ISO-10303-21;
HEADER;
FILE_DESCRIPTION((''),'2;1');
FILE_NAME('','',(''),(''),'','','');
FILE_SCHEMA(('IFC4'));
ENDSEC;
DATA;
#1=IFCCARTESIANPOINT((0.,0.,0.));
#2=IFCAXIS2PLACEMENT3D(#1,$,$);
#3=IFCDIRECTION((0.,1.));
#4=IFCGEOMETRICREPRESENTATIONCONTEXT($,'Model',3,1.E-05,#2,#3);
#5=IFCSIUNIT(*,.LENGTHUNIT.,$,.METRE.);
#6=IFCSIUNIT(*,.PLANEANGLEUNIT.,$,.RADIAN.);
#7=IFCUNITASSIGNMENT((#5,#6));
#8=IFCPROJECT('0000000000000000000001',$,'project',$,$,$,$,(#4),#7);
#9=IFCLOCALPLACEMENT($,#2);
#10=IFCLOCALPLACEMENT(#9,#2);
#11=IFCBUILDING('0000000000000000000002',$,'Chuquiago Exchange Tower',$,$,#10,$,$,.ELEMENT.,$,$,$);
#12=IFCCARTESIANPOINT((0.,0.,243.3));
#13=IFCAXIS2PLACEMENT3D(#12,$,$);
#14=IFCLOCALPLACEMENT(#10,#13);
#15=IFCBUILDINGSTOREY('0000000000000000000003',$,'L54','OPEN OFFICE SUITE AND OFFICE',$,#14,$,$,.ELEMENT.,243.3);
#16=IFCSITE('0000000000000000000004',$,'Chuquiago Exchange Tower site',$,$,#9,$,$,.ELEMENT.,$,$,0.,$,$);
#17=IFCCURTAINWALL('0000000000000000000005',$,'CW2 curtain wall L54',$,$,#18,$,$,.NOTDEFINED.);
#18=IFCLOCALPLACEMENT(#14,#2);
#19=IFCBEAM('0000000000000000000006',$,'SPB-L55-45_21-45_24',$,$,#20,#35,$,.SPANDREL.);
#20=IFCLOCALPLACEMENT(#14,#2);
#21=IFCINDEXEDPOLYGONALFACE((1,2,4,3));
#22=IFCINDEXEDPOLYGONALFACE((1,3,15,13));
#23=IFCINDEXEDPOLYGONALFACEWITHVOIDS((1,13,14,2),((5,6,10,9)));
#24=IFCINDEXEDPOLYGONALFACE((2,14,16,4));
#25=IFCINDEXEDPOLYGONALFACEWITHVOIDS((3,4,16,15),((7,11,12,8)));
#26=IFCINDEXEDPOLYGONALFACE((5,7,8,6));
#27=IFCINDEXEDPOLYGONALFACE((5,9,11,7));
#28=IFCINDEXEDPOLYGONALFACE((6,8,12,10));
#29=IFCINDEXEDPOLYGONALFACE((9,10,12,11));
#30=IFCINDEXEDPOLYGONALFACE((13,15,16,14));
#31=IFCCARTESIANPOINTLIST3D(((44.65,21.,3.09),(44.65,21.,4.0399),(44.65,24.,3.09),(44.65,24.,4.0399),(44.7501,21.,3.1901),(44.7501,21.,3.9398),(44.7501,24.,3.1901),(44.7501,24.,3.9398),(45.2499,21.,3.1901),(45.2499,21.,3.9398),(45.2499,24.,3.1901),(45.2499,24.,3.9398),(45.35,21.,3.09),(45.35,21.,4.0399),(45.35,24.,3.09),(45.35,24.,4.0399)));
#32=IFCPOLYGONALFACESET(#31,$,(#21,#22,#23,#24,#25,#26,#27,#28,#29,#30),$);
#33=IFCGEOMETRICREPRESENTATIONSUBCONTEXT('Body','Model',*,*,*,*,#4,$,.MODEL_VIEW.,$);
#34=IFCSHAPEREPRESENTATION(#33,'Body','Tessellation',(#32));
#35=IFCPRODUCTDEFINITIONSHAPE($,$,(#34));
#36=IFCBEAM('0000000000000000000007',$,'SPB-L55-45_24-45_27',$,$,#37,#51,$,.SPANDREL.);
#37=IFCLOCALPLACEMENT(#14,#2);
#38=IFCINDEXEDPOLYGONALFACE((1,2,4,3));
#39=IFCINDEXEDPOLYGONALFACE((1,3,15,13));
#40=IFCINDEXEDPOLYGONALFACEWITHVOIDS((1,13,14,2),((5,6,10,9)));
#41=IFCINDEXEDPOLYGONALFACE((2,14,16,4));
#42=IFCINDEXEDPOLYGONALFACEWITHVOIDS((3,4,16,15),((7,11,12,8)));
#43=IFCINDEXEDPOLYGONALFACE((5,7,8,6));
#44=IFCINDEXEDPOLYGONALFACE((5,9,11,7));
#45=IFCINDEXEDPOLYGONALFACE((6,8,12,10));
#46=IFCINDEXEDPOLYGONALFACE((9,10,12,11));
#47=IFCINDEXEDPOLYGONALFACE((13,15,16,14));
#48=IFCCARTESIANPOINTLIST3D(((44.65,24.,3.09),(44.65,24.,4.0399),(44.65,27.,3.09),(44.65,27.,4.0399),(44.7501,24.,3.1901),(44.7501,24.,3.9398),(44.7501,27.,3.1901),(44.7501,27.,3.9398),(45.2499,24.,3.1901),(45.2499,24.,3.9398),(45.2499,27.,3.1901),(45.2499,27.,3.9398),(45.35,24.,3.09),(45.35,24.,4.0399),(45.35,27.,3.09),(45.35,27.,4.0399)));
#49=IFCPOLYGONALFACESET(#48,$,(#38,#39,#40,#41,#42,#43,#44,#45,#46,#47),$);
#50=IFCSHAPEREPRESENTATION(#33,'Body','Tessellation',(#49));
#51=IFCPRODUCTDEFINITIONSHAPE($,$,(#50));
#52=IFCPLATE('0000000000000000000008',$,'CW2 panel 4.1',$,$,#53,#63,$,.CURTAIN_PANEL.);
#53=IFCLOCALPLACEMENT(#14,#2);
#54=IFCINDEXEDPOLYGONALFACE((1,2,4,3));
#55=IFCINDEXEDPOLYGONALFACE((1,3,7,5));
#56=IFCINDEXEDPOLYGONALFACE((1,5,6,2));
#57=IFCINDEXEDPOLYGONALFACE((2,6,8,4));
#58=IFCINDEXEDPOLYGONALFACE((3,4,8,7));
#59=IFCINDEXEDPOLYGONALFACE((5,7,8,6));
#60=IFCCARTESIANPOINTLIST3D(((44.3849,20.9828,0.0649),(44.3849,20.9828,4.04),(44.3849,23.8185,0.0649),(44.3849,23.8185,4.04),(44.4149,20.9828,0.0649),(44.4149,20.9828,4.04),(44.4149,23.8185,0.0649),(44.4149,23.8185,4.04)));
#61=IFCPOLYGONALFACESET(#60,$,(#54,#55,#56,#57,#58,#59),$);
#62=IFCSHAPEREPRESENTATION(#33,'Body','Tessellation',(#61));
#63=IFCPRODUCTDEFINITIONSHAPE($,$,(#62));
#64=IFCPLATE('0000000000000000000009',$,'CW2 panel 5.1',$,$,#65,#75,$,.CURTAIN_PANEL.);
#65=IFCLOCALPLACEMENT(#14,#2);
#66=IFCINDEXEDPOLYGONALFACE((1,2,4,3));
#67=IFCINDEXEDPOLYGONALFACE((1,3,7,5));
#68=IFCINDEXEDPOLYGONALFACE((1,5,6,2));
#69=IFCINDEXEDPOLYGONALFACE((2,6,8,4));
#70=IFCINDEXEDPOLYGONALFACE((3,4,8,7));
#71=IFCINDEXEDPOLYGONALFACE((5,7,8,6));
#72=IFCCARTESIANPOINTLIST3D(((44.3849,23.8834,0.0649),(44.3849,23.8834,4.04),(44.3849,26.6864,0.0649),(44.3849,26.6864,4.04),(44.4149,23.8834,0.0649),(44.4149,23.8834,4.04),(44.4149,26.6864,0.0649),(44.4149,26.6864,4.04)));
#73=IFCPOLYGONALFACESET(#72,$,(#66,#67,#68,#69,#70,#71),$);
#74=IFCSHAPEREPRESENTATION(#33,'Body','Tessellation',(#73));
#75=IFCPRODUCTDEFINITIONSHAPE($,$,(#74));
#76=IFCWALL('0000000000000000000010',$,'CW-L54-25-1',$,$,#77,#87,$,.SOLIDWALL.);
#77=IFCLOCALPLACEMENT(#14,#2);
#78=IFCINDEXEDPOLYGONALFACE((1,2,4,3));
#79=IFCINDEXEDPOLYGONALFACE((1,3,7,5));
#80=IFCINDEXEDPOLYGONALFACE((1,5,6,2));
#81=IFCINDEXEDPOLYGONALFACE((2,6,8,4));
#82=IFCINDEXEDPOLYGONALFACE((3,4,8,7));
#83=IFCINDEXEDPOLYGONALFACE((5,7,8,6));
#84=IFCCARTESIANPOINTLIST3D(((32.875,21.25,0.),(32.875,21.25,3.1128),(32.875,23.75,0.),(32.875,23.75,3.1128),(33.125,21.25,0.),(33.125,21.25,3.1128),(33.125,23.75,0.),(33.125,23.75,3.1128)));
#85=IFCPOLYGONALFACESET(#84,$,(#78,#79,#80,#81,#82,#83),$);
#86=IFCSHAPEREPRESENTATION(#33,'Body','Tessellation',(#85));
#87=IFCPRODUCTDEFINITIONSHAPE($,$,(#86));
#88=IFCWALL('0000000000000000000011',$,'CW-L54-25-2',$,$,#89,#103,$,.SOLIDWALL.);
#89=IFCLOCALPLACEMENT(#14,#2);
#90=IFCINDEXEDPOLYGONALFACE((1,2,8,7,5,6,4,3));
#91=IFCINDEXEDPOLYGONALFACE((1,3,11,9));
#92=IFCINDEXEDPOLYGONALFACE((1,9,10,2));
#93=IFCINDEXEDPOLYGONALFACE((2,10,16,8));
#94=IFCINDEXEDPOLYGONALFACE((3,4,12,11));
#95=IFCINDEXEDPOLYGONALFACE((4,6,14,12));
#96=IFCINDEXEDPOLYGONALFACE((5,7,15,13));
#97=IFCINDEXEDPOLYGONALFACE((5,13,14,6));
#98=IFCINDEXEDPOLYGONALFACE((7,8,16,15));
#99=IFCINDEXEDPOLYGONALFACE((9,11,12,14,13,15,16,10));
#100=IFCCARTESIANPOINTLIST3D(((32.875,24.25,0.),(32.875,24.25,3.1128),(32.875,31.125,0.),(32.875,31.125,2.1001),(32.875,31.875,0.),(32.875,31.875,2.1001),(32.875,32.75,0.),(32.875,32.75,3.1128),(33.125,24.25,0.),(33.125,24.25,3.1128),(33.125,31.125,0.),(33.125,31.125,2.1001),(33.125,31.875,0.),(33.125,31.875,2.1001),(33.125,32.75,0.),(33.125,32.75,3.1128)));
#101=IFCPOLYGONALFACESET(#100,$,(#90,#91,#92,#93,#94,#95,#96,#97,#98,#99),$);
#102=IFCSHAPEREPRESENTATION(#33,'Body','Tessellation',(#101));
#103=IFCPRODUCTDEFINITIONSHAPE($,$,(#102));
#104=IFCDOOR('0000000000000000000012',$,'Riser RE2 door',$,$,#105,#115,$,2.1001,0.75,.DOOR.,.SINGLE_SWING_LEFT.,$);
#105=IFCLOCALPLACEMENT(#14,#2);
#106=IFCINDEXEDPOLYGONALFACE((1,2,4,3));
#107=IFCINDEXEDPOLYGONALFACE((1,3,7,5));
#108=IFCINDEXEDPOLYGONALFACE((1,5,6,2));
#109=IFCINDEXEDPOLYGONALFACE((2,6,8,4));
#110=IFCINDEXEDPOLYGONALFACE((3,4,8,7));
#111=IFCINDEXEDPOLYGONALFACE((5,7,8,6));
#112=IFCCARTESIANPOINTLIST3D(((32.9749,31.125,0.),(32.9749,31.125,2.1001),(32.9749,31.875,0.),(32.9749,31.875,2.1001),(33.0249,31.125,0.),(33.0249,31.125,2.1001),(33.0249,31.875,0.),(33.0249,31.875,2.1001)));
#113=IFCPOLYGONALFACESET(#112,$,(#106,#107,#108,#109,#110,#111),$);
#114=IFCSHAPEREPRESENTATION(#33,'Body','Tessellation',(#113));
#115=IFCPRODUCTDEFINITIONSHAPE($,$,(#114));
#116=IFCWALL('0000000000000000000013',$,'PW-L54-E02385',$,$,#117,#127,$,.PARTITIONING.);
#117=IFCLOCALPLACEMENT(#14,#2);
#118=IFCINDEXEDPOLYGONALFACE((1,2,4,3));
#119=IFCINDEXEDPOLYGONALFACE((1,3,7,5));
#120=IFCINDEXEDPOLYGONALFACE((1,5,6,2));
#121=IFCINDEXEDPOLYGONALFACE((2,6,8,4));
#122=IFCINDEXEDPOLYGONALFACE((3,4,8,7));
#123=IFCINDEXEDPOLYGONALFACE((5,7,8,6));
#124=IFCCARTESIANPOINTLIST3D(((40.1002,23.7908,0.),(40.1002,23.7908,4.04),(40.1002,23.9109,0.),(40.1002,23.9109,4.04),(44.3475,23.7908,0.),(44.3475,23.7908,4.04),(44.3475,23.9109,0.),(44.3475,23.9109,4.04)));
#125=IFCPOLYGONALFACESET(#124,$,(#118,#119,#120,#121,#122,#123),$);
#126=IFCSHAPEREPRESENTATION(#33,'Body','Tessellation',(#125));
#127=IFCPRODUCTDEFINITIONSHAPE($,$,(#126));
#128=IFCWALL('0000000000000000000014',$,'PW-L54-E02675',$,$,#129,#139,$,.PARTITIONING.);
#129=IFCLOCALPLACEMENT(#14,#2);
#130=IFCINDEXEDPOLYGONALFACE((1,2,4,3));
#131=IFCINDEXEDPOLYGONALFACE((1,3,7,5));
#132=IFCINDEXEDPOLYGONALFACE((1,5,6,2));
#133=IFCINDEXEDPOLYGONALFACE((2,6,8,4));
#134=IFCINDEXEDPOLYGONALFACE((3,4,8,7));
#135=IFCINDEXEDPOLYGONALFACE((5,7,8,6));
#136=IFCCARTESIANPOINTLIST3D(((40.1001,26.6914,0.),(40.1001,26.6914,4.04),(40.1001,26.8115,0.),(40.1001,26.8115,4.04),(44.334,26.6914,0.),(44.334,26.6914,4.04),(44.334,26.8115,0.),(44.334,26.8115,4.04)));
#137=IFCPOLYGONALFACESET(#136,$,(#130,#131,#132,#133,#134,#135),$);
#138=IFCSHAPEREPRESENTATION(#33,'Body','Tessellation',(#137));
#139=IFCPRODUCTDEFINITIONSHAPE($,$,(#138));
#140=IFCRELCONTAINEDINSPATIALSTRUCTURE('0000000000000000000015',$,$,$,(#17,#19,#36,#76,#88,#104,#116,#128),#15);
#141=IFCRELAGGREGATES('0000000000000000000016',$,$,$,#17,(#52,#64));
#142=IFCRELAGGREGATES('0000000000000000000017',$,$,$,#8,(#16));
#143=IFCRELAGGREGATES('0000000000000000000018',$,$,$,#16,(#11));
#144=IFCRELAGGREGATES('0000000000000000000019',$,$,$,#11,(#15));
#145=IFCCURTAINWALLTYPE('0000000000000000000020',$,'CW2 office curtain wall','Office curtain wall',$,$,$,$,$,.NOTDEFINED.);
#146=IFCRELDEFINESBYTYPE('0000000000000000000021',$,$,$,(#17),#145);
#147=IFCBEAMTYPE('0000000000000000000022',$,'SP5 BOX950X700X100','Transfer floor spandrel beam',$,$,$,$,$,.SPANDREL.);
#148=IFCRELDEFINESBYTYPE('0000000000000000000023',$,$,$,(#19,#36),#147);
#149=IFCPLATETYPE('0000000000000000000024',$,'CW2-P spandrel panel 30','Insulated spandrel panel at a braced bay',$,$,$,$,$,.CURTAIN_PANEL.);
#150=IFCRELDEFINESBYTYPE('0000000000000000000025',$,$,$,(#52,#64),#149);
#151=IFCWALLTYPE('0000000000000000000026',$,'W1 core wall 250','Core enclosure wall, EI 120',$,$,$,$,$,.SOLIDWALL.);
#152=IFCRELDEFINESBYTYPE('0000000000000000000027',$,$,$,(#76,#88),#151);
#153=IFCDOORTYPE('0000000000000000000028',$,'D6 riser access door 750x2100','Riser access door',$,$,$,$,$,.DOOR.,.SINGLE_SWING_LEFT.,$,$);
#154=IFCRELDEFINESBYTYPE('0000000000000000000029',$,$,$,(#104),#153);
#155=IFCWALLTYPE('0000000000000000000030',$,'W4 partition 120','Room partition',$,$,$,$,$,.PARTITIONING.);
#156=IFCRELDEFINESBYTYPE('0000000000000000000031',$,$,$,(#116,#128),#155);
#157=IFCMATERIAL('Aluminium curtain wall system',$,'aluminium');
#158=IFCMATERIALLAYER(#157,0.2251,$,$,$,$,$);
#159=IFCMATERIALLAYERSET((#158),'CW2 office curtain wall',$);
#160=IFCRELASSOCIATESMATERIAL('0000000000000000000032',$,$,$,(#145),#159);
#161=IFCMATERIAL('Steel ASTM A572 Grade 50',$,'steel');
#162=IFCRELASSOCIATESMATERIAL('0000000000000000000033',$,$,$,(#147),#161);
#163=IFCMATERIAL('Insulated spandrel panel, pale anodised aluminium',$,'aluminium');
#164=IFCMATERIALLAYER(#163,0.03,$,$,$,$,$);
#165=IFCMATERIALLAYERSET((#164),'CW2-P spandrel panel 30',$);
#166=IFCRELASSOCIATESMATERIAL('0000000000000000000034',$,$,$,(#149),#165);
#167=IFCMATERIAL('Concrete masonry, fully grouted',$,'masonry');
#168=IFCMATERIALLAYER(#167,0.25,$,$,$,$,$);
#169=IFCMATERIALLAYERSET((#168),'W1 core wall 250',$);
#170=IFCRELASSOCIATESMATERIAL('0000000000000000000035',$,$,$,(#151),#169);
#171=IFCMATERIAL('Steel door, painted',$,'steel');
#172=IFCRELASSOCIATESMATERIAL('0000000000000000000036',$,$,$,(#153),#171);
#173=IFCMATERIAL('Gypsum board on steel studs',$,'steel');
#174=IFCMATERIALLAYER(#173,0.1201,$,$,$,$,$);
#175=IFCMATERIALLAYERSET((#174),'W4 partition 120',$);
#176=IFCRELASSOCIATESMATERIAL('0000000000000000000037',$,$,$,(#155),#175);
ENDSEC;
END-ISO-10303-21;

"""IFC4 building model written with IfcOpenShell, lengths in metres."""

from ifc_helpers import new_model, si_unit, direction, frame, frame_2d, origin, origin_2d, place, context, subcontext, project, spatial, rectangle, hollow_rectangle, extrude, material, layer, layer_set, material_profile, profile_set, type_object, element, fill, aggregate, save


model = new_model("IFC4")

# Units and contexts
model_context = context("Model", 3, precision=1e-05, world=origin(), true_north=direction((0.0, 1.0)))
body_context = subcontext(model_context, "Body", "Model", "MODEL_VIEW")
ifc_project = project(units=[si_unit("LENGTHUNIT", "METRE"), si_unit("PLANEANGLEUNIT", "RADIAN")], contexts=[model_context])

# Site, building, storey
site_placement = place(None, origin())
site = spatial("IfcSite", under=ifc_project, at=site_placement, Name="Chuquiago Exchange Tower site", CompositionType="ELEMENT", RefElevation=0.0)
building_placement = place(site_placement, origin())
building = spatial("IfcBuilding", under=site, at=building_placement, Name="Chuquiago Exchange Tower", CompositionType="ELEMENT")
storey_placement = place(building_placement, frame((0.0, 0.0, 243.3)))
storey = spatial("IfcBuildingStorey", under=building, at=storey_placement, Name="L54", Description="OPEN OFFICE SUITE AND OFFICE", CompositionType="ELEMENT", Elevation=243.3)

# Curtain wall
ifc_material_1 = material(Name="Aluminium curtain wall system", Category="aluminium")
ifc_layer_1 = layer(ifc_material_1, 0.2251)
ifc_layer_set_1 = layer_set([ifc_layer_1], Name="CW2 office curtain wall")
curtain_wall_type_1 = type_object("IfcCurtainWallType", Name="CW2 office curtain wall", Description="Office curtain wall", PredefinedType="NOTDEFINED", material=ifc_layer_set_1)
curtain_wall_1_placement = place(storey_placement, origin())
curtain_wall_1 = element("IfcCurtainWall", 1, at=curtain_wall_1_placement, inside=storey, type_object=curtain_wall_type_1, Name="CW2 curtain wall L54", PredefinedType="NOTDEFINED")

# Beams
ifc_material_2 = material(Name="Steel ASTM A572 Grade 50", Category="steel")
ifc_material_profile_1 = material_profile(ifc_material_2, hollow_rectangle(XDim=0.7, YDim=0.95, WallThickness=0.1001, at=origin_2d()), Name="BOX950X700X100")
ifc_profile_set_1 = profile_set([ifc_material_profile_1], Name="Steel ASTM A572 Grade 50")
beam_type_1 = type_object("IfcBeamType", Name="SP5 BOX950X700X100", Description="Transfer floor spandrel beam", PredefinedType="SPANDREL", material=ifc_profile_set_1)
for number, where, z_axis, x_axis, name in (
    (2, (45.0, 21.0, 3.5649), (0.0, 1.0, 0.0), (-1.0, 0.0, 0.0), "SPB-L55-45_21-45_24"),
    (3, (45.0, 24.0, 3.5649), (0.0, 1.0, 0.0), (-1.0, 0.0, 0.0), "SPB-L55-45_24-45_27"),
):
    element("IfcBeam", number, at=place(storey_placement, frame(where, z_axis=z_axis, x_axis=x_axis)), inside=storey, type_object=beam_type_1, Name=name, PredefinedType="SPANDREL", context=body_context, shape_type="SweptSolid", body=[
        extrude(hollow_rectangle(XDim=0.7, YDim=0.95, WallThickness=0.1001, at=origin_2d()), origin(), (0.0, 0.0, 1.0), 3.0),
    ])

# Plates
ifc_material_3 = material(Name="Insulated spandrel panel, pale anodised aluminium", Category="aluminium")
ifc_layer_2 = layer(ifc_material_3, 0.03)
ifc_layer_set_2 = layer_set([ifc_layer_2], Name="CW2-P spandrel panel 30")
plate_type = type_object("IfcPlateType", Name="CW2-P spandrel panel 30", Description="Insulated spandrel panel at a braced bay", PredefinedType="CURTAIN_PANEL", material=ifc_layer_set_2)
plate_1_placement = place(storey_placement, frame((44.3999, 22.4006, 0.0649), z_axis=(0.0, 0.0, 1.0), x_axis=(0.0, 1.0, 0.0)))
plate_1 = element("IfcPlate", 4, at=plate_1_placement, type_object=plate_type, Name="CW2 panel 4.1", PredefinedType="CURTAIN_PANEL", context=body_context, shape_type="SweptSolid", body=[
    extrude(rectangle(XDim=2.8357, YDim=0.03, at=origin_2d()), origin(), (0.0, 0.0, 1.0), 3.9751),
])
plate_2_placement = place(storey_placement, frame((44.3999, 25.2849, 0.0649), z_axis=(0.0, 0.0, 1.0), x_axis=(0.0, 1.0, 0.0)))
plate_2 = element("IfcPlate", 5, at=plate_2_placement, type_object=plate_type, Name="CW2 panel 5.1", PredefinedType="CURTAIN_PANEL", context=body_context, shape_type="SweptSolid", body=[
    extrude(rectangle(XDim=2.803, YDim=0.03, at=origin_2d()), origin(), (0.0, 0.0, 1.0), 3.9751),
])
aggregate(curtain_wall_1, [plate_1, plate_2])

# Wall
ifc_material_4 = material(Name="Concrete masonry, fully grouted", Category="masonry")
ifc_layer_3 = layer(ifc_material_4, 0.25)
ifc_layer_set_3 = layer_set([ifc_layer_3], Name="W1 core wall 250")
wall_type_1 = type_object("IfcWallType", Name="W1 core wall 250", Description="Core enclosure wall, EI 120", PredefinedType="SOLIDWALL", material=ifc_layer_set_3)
wall_1_placement = place(storey_placement, frame((33.0, 21.25, 0.0), z_axis=(0.0, 0.0, 1.0), x_axis=(0.0, 1.0, 0.0)))
element("IfcWall", 6, at=wall_1_placement, inside=storey, type_object=wall_type_1, Name="CW-L54-25-1", PredefinedType="SOLIDWALL", context=body_context, shape_type="SweptSolid", body=[
    extrude(rectangle(XDim=2.5, YDim=0.25, at=frame_2d((1.25, 0.0))), origin(), (0.0, 0.0, 1.0), 3.1128),
])

# Wall, opening, door
wall_2_placement = place(storey_placement, frame((33.0, 24.25, 0.0), z_axis=(0.0, 0.0, 1.0), x_axis=(0.0, 1.0, 0.0)))
wall_2 = element("IfcWall", 7, at=wall_2_placement, inside=storey, type_object=wall_type_1, Name="CW-L54-25-2", PredefinedType="SOLIDWALL", context=body_context, shape_type="SweptSolid", body=[
    extrude(rectangle(XDim=8.5, YDim=0.25, at=frame_2d((4.25, 0.0))), origin(), (0.0, 0.0, 1.0), 3.1128),
])
opening_1_placement = place(wall_2_placement, frame((6.875, 0.0, 0.0)))
opening_1 = element("IfcOpeningElement", 8, at=opening_1_placement, cuts=wall_2, PredefinedType="OPENING", context=body_context, shape_type="SweptSolid", body=[
    extrude(rectangle(XDim=0.75, YDim=2.1001, at=frame_2d((0.375, 1.05))), frame((0.0, 0.135, 0.0), z_axis=(0.0, -1.0, 0.0), x_axis=(1.0, 0.0, 0.0)), (0.0, 0.0, 1.0), 0.27),
])
ifc_material_5 = material(Name="Steel door, painted", Category="steel")
door_type_1 = type_object("IfcDoorType", Name="D6 riser access door 750x2100", Description="Riser access door", OperationType="SINGLE_SWING_LEFT", PredefinedType="DOOR", material=ifc_material_5)
door_1_placement = place(opening_1_placement, frame((0.75, 0.0, 0.0), z_axis=(0.0, 0.0, 1.0), x_axis=(-1.0, 0.0, 0.0)))
door_1 = element("IfcDoor", 9, at=door_1_placement, inside=storey, type_object=door_type_1, Name="Riser RE2 door", OperationType="SINGLE_SWING_LEFT", OverallHeight=2.1001, OverallWidth=0.75, PredefinedType="DOOR", context=body_context, shape_type="SweptSolid", body=[
    extrude(rectangle(XDim=0.75, YDim=2.1001, at=frame_2d((0.375, 1.05))), frame((0.0, 0.0249, 0.0), z_axis=(0.0, -1.0, 0.0), x_axis=(1.0, 0.0, 0.0)), (0.0, 0.0, 1.0), 0.05),
])
fill(opening_1, door_1)

# Walls
ifc_material_6 = material(Name="Gypsum board on steel studs", Category="steel")
ifc_layer_4 = layer(ifc_material_6, 0.1201)
ifc_layer_set_4 = layer_set([ifc_layer_4], Name="W4 partition 120")
wall_type_2 = type_object("IfcWallType", Name="W4 partition 120", Description="Room partition", PredefinedType="PARTITIONING", material=ifc_layer_set_4)
wall_3_placement = place(storey_placement, frame((44.3474, 23.8508, 0.0), z_axis=(0.0, 0.0, 1.0), x_axis=(-1.0, 0.0, 0.0)))
element("IfcWall", 10, at=wall_3_placement, inside=storey, type_object=wall_type_2, Name="PW-L54-E02385", PredefinedType="PARTITIONING", context=body_context, shape_type="SweptSolid", body=[
    extrude(rectangle(XDim=4.2473, YDim=0.1201, at=frame_2d((2.1235, 0.0))), origin(), (0.0, 0.0, 1.0), 4.04),
])
wall_4_placement = place(storey_placement, frame((44.334, 26.7515, 0.0), z_axis=(0.0, 0.0, 1.0), x_axis=(-1.0, 0.0, 0.0)))
element("IfcWall", 11, at=wall_4_placement, inside=storey, type_object=wall_type_2, Name="PW-L54-E02675", PredefinedType="PARTITIONING", context=body_context, shape_type="SweptSolid", body=[
    extrude(rectangle(XDim=4.2339, YDim=0.1201, at=frame_2d((2.1169, 0.0))), origin(), (0.0, 0.0, 1.0), 4.04),
])

save(model, "model.ifc")
